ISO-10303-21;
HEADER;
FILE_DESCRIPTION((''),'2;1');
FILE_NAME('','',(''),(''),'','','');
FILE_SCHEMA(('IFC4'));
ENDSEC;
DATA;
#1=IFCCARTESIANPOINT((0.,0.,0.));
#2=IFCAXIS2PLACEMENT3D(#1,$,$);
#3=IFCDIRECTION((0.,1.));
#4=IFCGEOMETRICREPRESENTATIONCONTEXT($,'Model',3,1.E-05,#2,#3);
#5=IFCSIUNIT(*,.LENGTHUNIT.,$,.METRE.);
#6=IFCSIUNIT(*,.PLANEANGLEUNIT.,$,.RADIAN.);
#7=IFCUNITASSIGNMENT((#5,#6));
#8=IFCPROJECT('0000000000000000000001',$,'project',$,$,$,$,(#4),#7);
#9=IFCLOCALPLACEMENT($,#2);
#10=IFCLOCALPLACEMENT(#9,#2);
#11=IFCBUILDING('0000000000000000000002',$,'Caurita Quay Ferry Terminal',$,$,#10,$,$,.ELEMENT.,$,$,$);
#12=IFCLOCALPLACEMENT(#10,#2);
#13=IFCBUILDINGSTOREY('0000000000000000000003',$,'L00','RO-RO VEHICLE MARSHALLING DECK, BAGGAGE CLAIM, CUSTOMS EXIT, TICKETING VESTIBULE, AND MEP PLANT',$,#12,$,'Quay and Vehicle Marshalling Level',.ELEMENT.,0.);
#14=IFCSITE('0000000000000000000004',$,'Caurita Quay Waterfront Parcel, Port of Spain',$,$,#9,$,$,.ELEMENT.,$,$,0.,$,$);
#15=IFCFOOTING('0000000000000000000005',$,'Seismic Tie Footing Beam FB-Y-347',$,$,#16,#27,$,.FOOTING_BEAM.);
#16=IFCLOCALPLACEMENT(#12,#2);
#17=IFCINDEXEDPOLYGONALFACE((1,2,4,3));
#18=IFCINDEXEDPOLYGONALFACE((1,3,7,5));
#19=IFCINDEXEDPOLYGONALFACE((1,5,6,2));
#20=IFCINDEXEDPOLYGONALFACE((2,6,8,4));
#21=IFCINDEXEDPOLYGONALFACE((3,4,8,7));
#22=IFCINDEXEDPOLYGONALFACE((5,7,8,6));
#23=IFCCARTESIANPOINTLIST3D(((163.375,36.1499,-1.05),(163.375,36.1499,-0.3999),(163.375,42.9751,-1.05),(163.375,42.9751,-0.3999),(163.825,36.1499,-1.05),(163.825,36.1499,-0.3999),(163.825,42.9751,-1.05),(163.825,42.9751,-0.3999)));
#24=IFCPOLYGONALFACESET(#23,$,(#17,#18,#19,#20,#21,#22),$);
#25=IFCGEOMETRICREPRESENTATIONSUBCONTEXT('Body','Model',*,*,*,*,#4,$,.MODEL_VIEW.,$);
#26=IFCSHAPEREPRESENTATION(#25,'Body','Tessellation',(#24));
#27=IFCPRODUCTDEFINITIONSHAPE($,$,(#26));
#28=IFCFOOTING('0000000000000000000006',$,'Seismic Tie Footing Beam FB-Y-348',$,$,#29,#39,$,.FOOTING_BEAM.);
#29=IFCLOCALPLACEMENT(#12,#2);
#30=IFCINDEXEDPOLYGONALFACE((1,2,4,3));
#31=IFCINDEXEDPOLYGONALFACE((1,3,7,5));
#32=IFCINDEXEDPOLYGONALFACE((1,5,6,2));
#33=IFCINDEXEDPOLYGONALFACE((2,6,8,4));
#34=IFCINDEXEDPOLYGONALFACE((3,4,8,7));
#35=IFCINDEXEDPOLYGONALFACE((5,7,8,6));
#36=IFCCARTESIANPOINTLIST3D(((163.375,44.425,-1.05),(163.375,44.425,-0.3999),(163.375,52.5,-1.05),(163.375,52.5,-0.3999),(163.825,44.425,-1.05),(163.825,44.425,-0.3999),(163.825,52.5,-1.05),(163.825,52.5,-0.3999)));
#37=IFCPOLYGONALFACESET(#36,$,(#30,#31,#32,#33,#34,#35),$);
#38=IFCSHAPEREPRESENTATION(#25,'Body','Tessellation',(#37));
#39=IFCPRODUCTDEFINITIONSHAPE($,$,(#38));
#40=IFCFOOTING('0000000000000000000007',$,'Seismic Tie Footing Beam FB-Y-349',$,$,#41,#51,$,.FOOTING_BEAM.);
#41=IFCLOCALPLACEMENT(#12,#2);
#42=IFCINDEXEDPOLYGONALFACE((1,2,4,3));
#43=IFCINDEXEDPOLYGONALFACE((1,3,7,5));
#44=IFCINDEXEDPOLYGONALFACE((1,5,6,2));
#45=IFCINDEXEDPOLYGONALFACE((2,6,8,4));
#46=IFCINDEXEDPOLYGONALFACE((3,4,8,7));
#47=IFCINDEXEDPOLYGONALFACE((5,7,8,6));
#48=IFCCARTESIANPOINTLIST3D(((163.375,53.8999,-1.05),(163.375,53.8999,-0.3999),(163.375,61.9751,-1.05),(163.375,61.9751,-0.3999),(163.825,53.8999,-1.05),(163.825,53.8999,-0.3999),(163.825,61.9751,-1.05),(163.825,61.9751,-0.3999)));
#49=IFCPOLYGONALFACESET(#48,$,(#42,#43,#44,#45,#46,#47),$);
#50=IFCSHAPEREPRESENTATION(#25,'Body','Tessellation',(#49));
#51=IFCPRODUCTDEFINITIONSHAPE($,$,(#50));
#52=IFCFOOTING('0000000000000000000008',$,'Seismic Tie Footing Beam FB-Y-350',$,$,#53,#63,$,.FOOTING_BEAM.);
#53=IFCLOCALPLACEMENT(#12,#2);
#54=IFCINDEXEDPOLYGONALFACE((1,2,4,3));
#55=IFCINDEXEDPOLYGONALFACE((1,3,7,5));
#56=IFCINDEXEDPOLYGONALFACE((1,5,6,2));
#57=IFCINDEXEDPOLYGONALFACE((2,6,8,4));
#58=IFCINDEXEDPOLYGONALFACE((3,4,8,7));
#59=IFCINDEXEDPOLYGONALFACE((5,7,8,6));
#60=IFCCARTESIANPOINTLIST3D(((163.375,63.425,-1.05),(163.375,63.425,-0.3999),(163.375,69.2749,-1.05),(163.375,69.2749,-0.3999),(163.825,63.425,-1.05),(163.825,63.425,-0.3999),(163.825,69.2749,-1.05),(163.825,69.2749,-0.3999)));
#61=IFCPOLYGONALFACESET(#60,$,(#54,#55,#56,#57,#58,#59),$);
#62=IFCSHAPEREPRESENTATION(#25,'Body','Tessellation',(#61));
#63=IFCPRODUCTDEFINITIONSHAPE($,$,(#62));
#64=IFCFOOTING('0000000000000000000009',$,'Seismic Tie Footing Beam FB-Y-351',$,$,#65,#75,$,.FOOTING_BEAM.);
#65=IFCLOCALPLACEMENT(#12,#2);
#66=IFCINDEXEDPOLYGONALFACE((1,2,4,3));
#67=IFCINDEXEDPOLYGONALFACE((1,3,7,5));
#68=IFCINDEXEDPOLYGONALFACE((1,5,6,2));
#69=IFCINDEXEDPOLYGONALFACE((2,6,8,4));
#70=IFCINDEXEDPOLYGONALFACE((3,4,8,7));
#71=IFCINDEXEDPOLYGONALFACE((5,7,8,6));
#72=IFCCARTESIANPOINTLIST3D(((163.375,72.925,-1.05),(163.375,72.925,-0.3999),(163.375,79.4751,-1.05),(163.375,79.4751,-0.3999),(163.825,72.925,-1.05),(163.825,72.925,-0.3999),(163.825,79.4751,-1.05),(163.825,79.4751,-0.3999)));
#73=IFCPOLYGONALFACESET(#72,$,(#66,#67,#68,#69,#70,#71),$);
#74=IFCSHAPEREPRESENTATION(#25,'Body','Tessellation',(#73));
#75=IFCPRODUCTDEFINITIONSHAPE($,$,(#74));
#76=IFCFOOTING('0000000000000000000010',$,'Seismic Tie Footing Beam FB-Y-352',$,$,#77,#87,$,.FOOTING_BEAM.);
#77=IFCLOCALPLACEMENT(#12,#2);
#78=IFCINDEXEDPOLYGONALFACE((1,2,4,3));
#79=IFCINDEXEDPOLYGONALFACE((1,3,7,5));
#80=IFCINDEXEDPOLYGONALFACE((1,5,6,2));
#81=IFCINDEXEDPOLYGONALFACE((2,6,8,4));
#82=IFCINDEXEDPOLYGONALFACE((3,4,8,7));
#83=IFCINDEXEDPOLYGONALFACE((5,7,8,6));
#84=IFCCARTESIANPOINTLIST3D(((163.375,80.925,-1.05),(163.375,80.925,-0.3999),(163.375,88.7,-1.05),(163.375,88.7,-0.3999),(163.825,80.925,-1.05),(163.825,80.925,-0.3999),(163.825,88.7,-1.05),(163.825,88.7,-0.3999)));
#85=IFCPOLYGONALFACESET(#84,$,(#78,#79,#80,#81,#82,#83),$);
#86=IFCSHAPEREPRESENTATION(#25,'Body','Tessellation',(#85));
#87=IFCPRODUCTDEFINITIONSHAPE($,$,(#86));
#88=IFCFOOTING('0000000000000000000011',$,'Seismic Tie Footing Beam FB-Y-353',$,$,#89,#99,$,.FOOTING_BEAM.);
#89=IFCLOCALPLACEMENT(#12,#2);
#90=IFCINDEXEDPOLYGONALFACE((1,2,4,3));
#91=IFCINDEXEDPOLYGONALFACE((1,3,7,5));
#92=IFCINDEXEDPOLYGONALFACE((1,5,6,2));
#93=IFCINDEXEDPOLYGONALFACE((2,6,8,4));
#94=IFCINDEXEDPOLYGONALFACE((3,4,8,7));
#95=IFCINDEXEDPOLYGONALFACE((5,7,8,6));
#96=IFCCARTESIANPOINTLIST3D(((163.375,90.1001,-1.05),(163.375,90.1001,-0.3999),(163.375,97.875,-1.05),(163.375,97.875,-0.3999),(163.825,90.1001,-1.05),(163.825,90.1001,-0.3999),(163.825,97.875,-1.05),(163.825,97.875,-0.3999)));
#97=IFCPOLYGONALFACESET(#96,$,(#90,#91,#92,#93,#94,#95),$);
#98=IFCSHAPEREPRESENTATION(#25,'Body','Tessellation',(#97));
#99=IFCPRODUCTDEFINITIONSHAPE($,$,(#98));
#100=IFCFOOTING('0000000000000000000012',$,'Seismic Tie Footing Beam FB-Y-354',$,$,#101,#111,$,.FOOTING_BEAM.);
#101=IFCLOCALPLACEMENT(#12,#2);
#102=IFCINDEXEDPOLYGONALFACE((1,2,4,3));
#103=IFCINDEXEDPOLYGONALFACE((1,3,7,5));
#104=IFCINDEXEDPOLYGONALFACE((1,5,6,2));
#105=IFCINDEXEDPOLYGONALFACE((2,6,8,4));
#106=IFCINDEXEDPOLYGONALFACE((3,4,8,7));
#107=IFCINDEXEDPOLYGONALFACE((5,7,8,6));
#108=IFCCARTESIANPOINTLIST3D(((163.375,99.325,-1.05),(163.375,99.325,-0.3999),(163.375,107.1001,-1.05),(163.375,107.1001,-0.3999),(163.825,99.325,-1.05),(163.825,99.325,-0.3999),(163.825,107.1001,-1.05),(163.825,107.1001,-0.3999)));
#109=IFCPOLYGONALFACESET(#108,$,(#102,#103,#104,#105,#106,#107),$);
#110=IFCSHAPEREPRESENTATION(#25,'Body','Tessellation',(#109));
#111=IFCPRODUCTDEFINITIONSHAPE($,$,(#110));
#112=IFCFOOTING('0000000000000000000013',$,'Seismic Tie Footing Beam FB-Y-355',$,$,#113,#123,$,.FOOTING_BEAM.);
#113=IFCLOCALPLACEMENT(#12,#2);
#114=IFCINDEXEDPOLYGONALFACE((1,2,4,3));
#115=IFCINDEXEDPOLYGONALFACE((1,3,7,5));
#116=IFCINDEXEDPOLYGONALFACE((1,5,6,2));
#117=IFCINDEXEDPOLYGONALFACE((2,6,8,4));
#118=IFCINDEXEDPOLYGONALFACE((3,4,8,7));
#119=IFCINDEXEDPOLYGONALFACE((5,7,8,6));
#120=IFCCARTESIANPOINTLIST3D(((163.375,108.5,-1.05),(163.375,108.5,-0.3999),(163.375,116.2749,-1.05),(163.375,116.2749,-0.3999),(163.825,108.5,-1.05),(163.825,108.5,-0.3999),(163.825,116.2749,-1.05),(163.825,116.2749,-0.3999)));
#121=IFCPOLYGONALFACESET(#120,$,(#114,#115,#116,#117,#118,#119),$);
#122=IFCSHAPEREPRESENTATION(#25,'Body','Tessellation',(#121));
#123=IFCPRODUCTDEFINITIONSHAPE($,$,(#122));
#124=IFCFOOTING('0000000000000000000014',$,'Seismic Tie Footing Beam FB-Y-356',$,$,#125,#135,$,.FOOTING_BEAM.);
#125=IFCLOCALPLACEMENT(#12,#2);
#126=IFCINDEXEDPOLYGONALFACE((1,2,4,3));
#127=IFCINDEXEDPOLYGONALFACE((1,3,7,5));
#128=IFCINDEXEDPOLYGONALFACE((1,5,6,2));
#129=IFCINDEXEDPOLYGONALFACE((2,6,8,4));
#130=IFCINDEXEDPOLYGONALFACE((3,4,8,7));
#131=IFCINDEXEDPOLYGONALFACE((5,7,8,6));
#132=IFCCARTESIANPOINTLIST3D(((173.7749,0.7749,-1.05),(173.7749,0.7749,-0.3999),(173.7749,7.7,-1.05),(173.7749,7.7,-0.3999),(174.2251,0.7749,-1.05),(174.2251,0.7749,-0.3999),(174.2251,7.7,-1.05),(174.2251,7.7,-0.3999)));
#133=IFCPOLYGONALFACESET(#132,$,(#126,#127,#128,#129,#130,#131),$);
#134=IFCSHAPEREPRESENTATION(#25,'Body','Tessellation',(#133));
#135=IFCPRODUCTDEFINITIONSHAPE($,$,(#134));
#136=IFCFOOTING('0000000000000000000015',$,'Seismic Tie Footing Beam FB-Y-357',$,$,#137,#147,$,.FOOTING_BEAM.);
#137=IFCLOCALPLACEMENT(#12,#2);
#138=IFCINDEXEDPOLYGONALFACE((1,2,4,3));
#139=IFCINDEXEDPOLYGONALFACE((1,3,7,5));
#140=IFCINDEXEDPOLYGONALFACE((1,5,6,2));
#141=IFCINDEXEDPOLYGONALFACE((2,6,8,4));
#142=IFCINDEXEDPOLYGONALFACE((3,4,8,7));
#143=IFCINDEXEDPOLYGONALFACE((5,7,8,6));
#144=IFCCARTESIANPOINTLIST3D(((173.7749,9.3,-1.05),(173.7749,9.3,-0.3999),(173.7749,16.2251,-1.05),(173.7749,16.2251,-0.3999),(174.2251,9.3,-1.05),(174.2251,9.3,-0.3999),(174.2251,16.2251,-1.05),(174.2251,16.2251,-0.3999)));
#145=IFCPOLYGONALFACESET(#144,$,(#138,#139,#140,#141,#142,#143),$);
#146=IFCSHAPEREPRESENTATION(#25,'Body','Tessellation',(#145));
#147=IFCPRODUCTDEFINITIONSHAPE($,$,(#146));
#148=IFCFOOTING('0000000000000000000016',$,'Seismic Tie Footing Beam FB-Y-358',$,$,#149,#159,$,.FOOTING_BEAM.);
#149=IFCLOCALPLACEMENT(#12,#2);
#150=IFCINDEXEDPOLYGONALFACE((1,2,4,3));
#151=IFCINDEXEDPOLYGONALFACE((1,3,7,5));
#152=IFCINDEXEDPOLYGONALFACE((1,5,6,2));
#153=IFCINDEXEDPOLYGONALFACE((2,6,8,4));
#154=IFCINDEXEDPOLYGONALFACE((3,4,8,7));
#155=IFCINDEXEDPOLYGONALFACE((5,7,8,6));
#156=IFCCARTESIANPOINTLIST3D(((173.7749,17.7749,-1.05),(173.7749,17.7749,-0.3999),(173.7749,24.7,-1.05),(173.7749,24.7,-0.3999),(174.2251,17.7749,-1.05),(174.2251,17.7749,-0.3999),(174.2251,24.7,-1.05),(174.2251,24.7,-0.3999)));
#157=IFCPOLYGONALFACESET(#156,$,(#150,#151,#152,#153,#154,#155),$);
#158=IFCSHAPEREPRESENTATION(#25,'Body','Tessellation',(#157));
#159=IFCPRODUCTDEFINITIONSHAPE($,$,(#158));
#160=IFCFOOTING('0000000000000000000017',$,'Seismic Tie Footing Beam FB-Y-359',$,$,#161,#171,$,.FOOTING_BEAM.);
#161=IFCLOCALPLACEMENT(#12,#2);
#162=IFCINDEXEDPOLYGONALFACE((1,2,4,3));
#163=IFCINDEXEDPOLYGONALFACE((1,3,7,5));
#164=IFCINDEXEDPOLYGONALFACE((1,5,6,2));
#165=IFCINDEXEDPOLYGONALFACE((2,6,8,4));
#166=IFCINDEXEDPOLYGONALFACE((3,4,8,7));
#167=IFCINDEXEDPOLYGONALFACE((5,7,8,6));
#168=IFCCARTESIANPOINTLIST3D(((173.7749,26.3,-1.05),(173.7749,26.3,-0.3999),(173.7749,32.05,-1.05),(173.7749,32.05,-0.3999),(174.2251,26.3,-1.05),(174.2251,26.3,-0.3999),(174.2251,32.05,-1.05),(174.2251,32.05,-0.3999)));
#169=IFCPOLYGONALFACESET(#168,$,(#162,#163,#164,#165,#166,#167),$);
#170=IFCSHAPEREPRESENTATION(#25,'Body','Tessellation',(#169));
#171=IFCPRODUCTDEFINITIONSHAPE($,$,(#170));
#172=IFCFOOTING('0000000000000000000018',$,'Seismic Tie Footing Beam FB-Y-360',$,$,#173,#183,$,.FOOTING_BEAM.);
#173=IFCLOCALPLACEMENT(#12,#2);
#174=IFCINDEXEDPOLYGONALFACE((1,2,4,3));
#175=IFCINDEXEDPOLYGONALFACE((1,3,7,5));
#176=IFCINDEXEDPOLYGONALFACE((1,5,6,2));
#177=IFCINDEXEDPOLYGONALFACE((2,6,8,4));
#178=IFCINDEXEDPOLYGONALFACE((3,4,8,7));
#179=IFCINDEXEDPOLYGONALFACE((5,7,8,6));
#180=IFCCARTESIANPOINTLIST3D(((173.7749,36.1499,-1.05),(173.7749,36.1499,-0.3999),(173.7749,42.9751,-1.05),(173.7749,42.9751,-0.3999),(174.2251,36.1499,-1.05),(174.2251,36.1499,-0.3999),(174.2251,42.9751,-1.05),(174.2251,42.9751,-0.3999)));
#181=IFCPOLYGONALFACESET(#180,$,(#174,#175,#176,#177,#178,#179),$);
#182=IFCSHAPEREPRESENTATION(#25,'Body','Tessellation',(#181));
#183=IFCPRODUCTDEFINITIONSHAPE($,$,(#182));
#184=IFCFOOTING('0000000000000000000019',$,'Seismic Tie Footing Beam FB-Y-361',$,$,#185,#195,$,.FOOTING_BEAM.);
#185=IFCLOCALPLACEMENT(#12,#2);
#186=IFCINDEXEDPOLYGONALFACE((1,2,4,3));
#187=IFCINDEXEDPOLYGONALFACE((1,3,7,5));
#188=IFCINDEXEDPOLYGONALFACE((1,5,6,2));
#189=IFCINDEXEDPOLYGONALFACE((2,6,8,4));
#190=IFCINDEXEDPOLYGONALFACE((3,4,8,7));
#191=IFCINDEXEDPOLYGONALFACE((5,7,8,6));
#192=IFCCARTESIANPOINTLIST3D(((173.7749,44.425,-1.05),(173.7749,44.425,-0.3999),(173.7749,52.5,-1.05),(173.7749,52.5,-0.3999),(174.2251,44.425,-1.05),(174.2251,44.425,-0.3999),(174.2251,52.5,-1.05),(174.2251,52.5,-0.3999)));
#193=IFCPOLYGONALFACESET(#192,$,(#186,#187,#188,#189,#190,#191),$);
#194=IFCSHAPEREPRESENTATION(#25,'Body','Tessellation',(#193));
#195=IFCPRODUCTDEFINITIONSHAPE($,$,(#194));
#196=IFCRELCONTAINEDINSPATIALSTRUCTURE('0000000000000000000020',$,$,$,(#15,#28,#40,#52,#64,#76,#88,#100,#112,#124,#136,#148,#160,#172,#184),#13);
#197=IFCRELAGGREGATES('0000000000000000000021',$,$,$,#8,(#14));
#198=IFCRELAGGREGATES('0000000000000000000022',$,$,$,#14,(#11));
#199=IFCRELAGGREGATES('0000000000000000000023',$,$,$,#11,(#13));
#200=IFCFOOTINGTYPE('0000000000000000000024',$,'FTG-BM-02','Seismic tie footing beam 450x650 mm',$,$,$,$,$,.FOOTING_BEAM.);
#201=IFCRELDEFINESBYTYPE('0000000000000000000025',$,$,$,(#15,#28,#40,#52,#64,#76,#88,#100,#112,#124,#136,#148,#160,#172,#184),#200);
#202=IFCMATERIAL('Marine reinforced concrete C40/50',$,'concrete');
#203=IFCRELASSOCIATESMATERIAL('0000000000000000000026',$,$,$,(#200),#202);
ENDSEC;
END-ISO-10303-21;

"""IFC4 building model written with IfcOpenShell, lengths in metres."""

from ifc_helpers import new_model, si_unit, direction, frame, origin, place, context, subcontext, project, spatial, polyline, outline, extrude, material, type_object, element, save


model = new_model("IFC4")

# Units and contexts
model_context = context("Model", 3, precision=1e-05, world=origin(), true_north=direction((0.0, 1.0)))
body_context = subcontext(model_context, "Body", "Model", "MODEL_VIEW")
ifc_project = project(units=[si_unit("LENGTHUNIT", "METRE"), si_unit("PLANEANGLEUNIT", "RADIAN")], contexts=[model_context])

# Site, building, storey
site_placement = place(None, origin())
site = spatial("IfcSite", under=ifc_project, at=site_placement, Name="Caurita Quay Waterfront Parcel, Port of Spain", CompositionType="ELEMENT", RefElevation=0.0)
building_placement = place(site_placement, origin())
building = spatial("IfcBuilding", under=site, at=building_placement, Name="Caurita Quay Ferry Terminal", CompositionType="ELEMENT")
storey_placement = place(building_placement, origin())
storey = spatial("IfcBuildingStorey", under=building, at=storey_placement, Name="L00", Description="RO-RO VEHICLE MARSHALLING DECK, BAGGAGE CLAIM, CUSTOMS EXIT, TICKETING VESTIBULE, AND MEP PLANT", LongName="Quay and Vehicle Marshalling Level", CompositionType="ELEMENT", Elevation=0.0)

# Footings
ifc_material = material(Name="Marine reinforced concrete C40/50", Category="concrete")
footing_type = type_object("IfcFootingType", Name="FTG-BM-02", Description="Seismic tie footing beam 450x650 mm", PredefinedType="FOOTING_BEAM", material=ifc_material)
footing_1_placement = place(storey_placement, frame((0.0, 0.0, -1.05)))
element("IfcFooting", 1, at=footing_1_placement, inside=storey, type_object=footing_type, Name="Seismic Tie Footing Beam FB-Y-347", PredefinedType="FOOTING_BEAM", context=body_context, shape_type="SweptSolid", body=[
    extrude(outline(polyline([(163.375, 36.1499), (163.825, 36.1499), (163.825, 42.9751), (163.375, 42.9751), (163.375, 36.1499)])), origin(), (0.0, 0.0, 1.0), 0.6501),
])
footing_2_placement = place(storey_placement, frame((0.0, 0.0, -1.05)))
element("IfcFooting", 2, at=footing_2_placement, inside=storey, type_object=footing_type, Name="Seismic Tie Footing Beam FB-Y-348", PredefinedType="FOOTING_BEAM", context=body_context, shape_type="SweptSolid", body=[
    extrude(outline(polyline([(163.375, 44.425), (163.825, 44.425), (163.825, 52.5), (163.375, 52.5), (163.375, 44.425)])), origin(), (0.0, 0.0, 1.0), 0.6501),
])
footing_3_placement = place(storey_placement, frame((0.0, 0.0, -1.05)))
element("IfcFooting", 3, at=footing_3_placement, inside=storey, type_object=footing_type, Name="Seismic Tie Footing Beam FB-Y-349", PredefinedType="FOOTING_BEAM", context=body_context, shape_type="SweptSolid", body=[
    extrude(outline(polyline([(163.375, 53.8999), (163.825, 53.8999), (163.825, 61.9751), (163.375, 61.9751), (163.375, 53.8999)])), origin(), (0.0, 0.0, 1.0), 0.6501),
])
footing_4_placement = place(storey_placement, frame((0.0, 0.0, -1.05)))
element("IfcFooting", 4, at=footing_4_placement, inside=storey, type_object=footing_type, Name="Seismic Tie Footing Beam FB-Y-350", PredefinedType="FOOTING_BEAM", context=body_context, shape_type="SweptSolid", body=[
    extrude(outline(polyline([(163.375, 63.425), (163.825, 63.425), (163.825, 69.2749), (163.375, 69.2749), (163.375, 63.425)])), origin(), (0.0, 0.0, 1.0), 0.6501),
])
footing_5_placement = place(storey_placement, frame((0.0, 0.0, -1.05)))
element("IfcFooting", 5, at=footing_5_placement, inside=storey, type_object=footing_type, Name="Seismic Tie Footing Beam FB-Y-351", PredefinedType="FOOTING_BEAM", context=body_context, shape_type="SweptSolid", body=[
    extrude(outline(polyline([(163.375, 72.925), (163.825, 72.925), (163.825, 79.4751), (163.375, 79.4751), (163.375, 72.925)])), origin(), (0.0, 0.0, 1.0), 0.6501),
])
footing_6_placement = place(storey_placement, frame((0.0, 0.0, -1.05)))
element("IfcFooting", 6, at=footing_6_placement, inside=storey, type_object=footing_type, Name="Seismic Tie Footing Beam FB-Y-352", PredefinedType="FOOTING_BEAM", context=body_context, shape_type="SweptSolid", body=[
    extrude(outline(polyline([(163.375, 80.925), (163.825, 80.925), (163.825, 88.7), (163.375, 88.7), (163.375, 80.925)])), origin(), (0.0, 0.0, 1.0), 0.6501),
])
footing_7_placement = place(storey_placement, frame((0.0, 0.0, -1.05)))
element("IfcFooting", 7, at=footing_7_placement, inside=storey, type_object=footing_type, Name="Seismic Tie Footing Beam FB-Y-353", PredefinedType="FOOTING_BEAM", context=body_context, shape_type="SweptSolid", body=[
    extrude(outline(polyline([(163.375, 90.1001), (163.825, 90.1001), (163.825, 97.875), (163.375, 97.875), (163.375, 90.1001)])), origin(), (0.0, 0.0, 1.0), 0.6501),
])
footing_8_placement = place(storey_placement, frame((0.0, 0.0, -1.05)))
element("IfcFooting", 8, at=footing_8_placement, inside=storey, type_object=footing_type, Name="Seismic Tie Footing Beam FB-Y-354", PredefinedType="FOOTING_BEAM", context=body_context, shape_type="SweptSolid", body=[
    extrude(outline(polyline([(163.375, 99.325), (163.825, 99.325), (163.825, 107.1001), (163.375, 107.1001), (163.375, 99.325)])), origin(), (0.0, 0.0, 1.0), 0.6501),
])
footing_9_placement = place(storey_placement, frame((0.0, 0.0, -1.05)))
element("IfcFooting", 9, at=footing_9_placement, inside=storey, type_object=footing_type, Name="Seismic Tie Footing Beam FB-Y-355", PredefinedType="FOOTING_BEAM", context=body_context, shape_type="SweptSolid", body=[
    extrude(outline(polyline([(163.375, 108.5), (163.825, 108.5), (163.825, 116.2749), (163.375, 116.2749), (163.375, 108.5)])), origin(), (0.0, 0.0, 1.0), 0.6501),
])
footing_10_placement = place(storey_placement, frame((0.0, 0.0, -1.05)))
element("IfcFooting", 10, at=footing_10_placement, inside=storey, type_object=footing_type, Name="Seismic Tie Footing Beam FB-Y-356", PredefinedType="FOOTING_BEAM", context=body_context, shape_type="SweptSolid", body=[
    extrude(outline(polyline([(173.7749, 0.7749), (174.2251, 0.7749), (174.2251, 7.7), (173.7749, 7.7), (173.7749, 0.7749)])), origin(), (0.0, 0.0, 1.0), 0.6501),
])
footing_11_placement = place(storey_placement, frame((0.0, 0.0, -1.05)))
element("IfcFooting", 11, at=footing_11_placement, inside=storey, type_object=footing_type, Name="Seismic Tie Footing Beam FB-Y-357", PredefinedType="FOOTING_BEAM", context=body_context, shape_type="SweptSolid", body=[
    extrude(outline(polyline([(173.7749, 9.3), (174.2251, 9.3), (174.2251, 16.2251), (173.7749, 16.2251), (173.7749, 9.3)])), origin(), (0.0, 0.0, 1.0), 0.6501),
])
footing_12_placement = place(storey_placement, frame((0.0, 0.0, -1.05)))
element("IfcFooting", 12, at=footing_12_placement, inside=storey, type_object=footing_type, Name="Seismic Tie Footing Beam FB-Y-358", PredefinedType="FOOTING_BEAM", context=body_context, shape_type="SweptSolid", body=[
    extrude(outline(polyline([(173.7749, 17.7749), (174.2251, 17.7749), (174.2251, 24.7), (173.7749, 24.7), (173.7749, 17.7749)])), origin(), (0.0, 0.0, 1.0), 0.6501),
])
footing_13_placement = place(storey_placement, frame((0.0, 0.0, -1.05)))
element("IfcFooting", 13, at=footing_13_placement, inside=storey, type_object=footing_type, Name="Seismic Tie Footing Beam FB-Y-359", PredefinedType="FOOTING_BEAM", context=body_context, shape_type="SweptSolid", body=[
    extrude(outline(polyline([(173.7749, 26.3), (174.2251, 26.3), (174.2251, 32.05), (173.7749, 32.05), (173.7749, 26.3)])), origin(), (0.0, 0.0, 1.0), 0.6501),
])
footing_14_placement = place(storey_placement, frame((0.0, 0.0, -1.05)))
element("IfcFooting", 14, at=footing_14_placement, inside=storey, type_object=footing_type, Name="Seismic Tie Footing Beam FB-Y-360", PredefinedType="FOOTING_BEAM", context=body_context, shape_type="SweptSolid", body=[
    extrude(outline(polyline([(173.7749, 36.1499), (174.2251, 36.1499), (174.2251, 42.9751), (173.7749, 42.9751), (173.7749, 36.1499)])), origin(), (0.0, 0.0, 1.0), 0.6501),
])
footing_15_placement = place(storey_placement, frame((0.0, 0.0, -1.05)))
element("IfcFooting", 15, at=footing_15_placement, inside=storey, type_object=footing_type, Name="Seismic Tie Footing Beam FB-Y-361", PredefinedType="FOOTING_BEAM", context=body_context, shape_type="SweptSolid", body=[
    extrude(outline(polyline([(173.7749, 44.425), (174.2251, 44.425), (174.2251, 52.5), (173.7749, 52.5), (173.7749, 44.425)])), origin(), (0.0, 0.0, 1.0), 0.6501),
])

save(model, "model.ifc")
